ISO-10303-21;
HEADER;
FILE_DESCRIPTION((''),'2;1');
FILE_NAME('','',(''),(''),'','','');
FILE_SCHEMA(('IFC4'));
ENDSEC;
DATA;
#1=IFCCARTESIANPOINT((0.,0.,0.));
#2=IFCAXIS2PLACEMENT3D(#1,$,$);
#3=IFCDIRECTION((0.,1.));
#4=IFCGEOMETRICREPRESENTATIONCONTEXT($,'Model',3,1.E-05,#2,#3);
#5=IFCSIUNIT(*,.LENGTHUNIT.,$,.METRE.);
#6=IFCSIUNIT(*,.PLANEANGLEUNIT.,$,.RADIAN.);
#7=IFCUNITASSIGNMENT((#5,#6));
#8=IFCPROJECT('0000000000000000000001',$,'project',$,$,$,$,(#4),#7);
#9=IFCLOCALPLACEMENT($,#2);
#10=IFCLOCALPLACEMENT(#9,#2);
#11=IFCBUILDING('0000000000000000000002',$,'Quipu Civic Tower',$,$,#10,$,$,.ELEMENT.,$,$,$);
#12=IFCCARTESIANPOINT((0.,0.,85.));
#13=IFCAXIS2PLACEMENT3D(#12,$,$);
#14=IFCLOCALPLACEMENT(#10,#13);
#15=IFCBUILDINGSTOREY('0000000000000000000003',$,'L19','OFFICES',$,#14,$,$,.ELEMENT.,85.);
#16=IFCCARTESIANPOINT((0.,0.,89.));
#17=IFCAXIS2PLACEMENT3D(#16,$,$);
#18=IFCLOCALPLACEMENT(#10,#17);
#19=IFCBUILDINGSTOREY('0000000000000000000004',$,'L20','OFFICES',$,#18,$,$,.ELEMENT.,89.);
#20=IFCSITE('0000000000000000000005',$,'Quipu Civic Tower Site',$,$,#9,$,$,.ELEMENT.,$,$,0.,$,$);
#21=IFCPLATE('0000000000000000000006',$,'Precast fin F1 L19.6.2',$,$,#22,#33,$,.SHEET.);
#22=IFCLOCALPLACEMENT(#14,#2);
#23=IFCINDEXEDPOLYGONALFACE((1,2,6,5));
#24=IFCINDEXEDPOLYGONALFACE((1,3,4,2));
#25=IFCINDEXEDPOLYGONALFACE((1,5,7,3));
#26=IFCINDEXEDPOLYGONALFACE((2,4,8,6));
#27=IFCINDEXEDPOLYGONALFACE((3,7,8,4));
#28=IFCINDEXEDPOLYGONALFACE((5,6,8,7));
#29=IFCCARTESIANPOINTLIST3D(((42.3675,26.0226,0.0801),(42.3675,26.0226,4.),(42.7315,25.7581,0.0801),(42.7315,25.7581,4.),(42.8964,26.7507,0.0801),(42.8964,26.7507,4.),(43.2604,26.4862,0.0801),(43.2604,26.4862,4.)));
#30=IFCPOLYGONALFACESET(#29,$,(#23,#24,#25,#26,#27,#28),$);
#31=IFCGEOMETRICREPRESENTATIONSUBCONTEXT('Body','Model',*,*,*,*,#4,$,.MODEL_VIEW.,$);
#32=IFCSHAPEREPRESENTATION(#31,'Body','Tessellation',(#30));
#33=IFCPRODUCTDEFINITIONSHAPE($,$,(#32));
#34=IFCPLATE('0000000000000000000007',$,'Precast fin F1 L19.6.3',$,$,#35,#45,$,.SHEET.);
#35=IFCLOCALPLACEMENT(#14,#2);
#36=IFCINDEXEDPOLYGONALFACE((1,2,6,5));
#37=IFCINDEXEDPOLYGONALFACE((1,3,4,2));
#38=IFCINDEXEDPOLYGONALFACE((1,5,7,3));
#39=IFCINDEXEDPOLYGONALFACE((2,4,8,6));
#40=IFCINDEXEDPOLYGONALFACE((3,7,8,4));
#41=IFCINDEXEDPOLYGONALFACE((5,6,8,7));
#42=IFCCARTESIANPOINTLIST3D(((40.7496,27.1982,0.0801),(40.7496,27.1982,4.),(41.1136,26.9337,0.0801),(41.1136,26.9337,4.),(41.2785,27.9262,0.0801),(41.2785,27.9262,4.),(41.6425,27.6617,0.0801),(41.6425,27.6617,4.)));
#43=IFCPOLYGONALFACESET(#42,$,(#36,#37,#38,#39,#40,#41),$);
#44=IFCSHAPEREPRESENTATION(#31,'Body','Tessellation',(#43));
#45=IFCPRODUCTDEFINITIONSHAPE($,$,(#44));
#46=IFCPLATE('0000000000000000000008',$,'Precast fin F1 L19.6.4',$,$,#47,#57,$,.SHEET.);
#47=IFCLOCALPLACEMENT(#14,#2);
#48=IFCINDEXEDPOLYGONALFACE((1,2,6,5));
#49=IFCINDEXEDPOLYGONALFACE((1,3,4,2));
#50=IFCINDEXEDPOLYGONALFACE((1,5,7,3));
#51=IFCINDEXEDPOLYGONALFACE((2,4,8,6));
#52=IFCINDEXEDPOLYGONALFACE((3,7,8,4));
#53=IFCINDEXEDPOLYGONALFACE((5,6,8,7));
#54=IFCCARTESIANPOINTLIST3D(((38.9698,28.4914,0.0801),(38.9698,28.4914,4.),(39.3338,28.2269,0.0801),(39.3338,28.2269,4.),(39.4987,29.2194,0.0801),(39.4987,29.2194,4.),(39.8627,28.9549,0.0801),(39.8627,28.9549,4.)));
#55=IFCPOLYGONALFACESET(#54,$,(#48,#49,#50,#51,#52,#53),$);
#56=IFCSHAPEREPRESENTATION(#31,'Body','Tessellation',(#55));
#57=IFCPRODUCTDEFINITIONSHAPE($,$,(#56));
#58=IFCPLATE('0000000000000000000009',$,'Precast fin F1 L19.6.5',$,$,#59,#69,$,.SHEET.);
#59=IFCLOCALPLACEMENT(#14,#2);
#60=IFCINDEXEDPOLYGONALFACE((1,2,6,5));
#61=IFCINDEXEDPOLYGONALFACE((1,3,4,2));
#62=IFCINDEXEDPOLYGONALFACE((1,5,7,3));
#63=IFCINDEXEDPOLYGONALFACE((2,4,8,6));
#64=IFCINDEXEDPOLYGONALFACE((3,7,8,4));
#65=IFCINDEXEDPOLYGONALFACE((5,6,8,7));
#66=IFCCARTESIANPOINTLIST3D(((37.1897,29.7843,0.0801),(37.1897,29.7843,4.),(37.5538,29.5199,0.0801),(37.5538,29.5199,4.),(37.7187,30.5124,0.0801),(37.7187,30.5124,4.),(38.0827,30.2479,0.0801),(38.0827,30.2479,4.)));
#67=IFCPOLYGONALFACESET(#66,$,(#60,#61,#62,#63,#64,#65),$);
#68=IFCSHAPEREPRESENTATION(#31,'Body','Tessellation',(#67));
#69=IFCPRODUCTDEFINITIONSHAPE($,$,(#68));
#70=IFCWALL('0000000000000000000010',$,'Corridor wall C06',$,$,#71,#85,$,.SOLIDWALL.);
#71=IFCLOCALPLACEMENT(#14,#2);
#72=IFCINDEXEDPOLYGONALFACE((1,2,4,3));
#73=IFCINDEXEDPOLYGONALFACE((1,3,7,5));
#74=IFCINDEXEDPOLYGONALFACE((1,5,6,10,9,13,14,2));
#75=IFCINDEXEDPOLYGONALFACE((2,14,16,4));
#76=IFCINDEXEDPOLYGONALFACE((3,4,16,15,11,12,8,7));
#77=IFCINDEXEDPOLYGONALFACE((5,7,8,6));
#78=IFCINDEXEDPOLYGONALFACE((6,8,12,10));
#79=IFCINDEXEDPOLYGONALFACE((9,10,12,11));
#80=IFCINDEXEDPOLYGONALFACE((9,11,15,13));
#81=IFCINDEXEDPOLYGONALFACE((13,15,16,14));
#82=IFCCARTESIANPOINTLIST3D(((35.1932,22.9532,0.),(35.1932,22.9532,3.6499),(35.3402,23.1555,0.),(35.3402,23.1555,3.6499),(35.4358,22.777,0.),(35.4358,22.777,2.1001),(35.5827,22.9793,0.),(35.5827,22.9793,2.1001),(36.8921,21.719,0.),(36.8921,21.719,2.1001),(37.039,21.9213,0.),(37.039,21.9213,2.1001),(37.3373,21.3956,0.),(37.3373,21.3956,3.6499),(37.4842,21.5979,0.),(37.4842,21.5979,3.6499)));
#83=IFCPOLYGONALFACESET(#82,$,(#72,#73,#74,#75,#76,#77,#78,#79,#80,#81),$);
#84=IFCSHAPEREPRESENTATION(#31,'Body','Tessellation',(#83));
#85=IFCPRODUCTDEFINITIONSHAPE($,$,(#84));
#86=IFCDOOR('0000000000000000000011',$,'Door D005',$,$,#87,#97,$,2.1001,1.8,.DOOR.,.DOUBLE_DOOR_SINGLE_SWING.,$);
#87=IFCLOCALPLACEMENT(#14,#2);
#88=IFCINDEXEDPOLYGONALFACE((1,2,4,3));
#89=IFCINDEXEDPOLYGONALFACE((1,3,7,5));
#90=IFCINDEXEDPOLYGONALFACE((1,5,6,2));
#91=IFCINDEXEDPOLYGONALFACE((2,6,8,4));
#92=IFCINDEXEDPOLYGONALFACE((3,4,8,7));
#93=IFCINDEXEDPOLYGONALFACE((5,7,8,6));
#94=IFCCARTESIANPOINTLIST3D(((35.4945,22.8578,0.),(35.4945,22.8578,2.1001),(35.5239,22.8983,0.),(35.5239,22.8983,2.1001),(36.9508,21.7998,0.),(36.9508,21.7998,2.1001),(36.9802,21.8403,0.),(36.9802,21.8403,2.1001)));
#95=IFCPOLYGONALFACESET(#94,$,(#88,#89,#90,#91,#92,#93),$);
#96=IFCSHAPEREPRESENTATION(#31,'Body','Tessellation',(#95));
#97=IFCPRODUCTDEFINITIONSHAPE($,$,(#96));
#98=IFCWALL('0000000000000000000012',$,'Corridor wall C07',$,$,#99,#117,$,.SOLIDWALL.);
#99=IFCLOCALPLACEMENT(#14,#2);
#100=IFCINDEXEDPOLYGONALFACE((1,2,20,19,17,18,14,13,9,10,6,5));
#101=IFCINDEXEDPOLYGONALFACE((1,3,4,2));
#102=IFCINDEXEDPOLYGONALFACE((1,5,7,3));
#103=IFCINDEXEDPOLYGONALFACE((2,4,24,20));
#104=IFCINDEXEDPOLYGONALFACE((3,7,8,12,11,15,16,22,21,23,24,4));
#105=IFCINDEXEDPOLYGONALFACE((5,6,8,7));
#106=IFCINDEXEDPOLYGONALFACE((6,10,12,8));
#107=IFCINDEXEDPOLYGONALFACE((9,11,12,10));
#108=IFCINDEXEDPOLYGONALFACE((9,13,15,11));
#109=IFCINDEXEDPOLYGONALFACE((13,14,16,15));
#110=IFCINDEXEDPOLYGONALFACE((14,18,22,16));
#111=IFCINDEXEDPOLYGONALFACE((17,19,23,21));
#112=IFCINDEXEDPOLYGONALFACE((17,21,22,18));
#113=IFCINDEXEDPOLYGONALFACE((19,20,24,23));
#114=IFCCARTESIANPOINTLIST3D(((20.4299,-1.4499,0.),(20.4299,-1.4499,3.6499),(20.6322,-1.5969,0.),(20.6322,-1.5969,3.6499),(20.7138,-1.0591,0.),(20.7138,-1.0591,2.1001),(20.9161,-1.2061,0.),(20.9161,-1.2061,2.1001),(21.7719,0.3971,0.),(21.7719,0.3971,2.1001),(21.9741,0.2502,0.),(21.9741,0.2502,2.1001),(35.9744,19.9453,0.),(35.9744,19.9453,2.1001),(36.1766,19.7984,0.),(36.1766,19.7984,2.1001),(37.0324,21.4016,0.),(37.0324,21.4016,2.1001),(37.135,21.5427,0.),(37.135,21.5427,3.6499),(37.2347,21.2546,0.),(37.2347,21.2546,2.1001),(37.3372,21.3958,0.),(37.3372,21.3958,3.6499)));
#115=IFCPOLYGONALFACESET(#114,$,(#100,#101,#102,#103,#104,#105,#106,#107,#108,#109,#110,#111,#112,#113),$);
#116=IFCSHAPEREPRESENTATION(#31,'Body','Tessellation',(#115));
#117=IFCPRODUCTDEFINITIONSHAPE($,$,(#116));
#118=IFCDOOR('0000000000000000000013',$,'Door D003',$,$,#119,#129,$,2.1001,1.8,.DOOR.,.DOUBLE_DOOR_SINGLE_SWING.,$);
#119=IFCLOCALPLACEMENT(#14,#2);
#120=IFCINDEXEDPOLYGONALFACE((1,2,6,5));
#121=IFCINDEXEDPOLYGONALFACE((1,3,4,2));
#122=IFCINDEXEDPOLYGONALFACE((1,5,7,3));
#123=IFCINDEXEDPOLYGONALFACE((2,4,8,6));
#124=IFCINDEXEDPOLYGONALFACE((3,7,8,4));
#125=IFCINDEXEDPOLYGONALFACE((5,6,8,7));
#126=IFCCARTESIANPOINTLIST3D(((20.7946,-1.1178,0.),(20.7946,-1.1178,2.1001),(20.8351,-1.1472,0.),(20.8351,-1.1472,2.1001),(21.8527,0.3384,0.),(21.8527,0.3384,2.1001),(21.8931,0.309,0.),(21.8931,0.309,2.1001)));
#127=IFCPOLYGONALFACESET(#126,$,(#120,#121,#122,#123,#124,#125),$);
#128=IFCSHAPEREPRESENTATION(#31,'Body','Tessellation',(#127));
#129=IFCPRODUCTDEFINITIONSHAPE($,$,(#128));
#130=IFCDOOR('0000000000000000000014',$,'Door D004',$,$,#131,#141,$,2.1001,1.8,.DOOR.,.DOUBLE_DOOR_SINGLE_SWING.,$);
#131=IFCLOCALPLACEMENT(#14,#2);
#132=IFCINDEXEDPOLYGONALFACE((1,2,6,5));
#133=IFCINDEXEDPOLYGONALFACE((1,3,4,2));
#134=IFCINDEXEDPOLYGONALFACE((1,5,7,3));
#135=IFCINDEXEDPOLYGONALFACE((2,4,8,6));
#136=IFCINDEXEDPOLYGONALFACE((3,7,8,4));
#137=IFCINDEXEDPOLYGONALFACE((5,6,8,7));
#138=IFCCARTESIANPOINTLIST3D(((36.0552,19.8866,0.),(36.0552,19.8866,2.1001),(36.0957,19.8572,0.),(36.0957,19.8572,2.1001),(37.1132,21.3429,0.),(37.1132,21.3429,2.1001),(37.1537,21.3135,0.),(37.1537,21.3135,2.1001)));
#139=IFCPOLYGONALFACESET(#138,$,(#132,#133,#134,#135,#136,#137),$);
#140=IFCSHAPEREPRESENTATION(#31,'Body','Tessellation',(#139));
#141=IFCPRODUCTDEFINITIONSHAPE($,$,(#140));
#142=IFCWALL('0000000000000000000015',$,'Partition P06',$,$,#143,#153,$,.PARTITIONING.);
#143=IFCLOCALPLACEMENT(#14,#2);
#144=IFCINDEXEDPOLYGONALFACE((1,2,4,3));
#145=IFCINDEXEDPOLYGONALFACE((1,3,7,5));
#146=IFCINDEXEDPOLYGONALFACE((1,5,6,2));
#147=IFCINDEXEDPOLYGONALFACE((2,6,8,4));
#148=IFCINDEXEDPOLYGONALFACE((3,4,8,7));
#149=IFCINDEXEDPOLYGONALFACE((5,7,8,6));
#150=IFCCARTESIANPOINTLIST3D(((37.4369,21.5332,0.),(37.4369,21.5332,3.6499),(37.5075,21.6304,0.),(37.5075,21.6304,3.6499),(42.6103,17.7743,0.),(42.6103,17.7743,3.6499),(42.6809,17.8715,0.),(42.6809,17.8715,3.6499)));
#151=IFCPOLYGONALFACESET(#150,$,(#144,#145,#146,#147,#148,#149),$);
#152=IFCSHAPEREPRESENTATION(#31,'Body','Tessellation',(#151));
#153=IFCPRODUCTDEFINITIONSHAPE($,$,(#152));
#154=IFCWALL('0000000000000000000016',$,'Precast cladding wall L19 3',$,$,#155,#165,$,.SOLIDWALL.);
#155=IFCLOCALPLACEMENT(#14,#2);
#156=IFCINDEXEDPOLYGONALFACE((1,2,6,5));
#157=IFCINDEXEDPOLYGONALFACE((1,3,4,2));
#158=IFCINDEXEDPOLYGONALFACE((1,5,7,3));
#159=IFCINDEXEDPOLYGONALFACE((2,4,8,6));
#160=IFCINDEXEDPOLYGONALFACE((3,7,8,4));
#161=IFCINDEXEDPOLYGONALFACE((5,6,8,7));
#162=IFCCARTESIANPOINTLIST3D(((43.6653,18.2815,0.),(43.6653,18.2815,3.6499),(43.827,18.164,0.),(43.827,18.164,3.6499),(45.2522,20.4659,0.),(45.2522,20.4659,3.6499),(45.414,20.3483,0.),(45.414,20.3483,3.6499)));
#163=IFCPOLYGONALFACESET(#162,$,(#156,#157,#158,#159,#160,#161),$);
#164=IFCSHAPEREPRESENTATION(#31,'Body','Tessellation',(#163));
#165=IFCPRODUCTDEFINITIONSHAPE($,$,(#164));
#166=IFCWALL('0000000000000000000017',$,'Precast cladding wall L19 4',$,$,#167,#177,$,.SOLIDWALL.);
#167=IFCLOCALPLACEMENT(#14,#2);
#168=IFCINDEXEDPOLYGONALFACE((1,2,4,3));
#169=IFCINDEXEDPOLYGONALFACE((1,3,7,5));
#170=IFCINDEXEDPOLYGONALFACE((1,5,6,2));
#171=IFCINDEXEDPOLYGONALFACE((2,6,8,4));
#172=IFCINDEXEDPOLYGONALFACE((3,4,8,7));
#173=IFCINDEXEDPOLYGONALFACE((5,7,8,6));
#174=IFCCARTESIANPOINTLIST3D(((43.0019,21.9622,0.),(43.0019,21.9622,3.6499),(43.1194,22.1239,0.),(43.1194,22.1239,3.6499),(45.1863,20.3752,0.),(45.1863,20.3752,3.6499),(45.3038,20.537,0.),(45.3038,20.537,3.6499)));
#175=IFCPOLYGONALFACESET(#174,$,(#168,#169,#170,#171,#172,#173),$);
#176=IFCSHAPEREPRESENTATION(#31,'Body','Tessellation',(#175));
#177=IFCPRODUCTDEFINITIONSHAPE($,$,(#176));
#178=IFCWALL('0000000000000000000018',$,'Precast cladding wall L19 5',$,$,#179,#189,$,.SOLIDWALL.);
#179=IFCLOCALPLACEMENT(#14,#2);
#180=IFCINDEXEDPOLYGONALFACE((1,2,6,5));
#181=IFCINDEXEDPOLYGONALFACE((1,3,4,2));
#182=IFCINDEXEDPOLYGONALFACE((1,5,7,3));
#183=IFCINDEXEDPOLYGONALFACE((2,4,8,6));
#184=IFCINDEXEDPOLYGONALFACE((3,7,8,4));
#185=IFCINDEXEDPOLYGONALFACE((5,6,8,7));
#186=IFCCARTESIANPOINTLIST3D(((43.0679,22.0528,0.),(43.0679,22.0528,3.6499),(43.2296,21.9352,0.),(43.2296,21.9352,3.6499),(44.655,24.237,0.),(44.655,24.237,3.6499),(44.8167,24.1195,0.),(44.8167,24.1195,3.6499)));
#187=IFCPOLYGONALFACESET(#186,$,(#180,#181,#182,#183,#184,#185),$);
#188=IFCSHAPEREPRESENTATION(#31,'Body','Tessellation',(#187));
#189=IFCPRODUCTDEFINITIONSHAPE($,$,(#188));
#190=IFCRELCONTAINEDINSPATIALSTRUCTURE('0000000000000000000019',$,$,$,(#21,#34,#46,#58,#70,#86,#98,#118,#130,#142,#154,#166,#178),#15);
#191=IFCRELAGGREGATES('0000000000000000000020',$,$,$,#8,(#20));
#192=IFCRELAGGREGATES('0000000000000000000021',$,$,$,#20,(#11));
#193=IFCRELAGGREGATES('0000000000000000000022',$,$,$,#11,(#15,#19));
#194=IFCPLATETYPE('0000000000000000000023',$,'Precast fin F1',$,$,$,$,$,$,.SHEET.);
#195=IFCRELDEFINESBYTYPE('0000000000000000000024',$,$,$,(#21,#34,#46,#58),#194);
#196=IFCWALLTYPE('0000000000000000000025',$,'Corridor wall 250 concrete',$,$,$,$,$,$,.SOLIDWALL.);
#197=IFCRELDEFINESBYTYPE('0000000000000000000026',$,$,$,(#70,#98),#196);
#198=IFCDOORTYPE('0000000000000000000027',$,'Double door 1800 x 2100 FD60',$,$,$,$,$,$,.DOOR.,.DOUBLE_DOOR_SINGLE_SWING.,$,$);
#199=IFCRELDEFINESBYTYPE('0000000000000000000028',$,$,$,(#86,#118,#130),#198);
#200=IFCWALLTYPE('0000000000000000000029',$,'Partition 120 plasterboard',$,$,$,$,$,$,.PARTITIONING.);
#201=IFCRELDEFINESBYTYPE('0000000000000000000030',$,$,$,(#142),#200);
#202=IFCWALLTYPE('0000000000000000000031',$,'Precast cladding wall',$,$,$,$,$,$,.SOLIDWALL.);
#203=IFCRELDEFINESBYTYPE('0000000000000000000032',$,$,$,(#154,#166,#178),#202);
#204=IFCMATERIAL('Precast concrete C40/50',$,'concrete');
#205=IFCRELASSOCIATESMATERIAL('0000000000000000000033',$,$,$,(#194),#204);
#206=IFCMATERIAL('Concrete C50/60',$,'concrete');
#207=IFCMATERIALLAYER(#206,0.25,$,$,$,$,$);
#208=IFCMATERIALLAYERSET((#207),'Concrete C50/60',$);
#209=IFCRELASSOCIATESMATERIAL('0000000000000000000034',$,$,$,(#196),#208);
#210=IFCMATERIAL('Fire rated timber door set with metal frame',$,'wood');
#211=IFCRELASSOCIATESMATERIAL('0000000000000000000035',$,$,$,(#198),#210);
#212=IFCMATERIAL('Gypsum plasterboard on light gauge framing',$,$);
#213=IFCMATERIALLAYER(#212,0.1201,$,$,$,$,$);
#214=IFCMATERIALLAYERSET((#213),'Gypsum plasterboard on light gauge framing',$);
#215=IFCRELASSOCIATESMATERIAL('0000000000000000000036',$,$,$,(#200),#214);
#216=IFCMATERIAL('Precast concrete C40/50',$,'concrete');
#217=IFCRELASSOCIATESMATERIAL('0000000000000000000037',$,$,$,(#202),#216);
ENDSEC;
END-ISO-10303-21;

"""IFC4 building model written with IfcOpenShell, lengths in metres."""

from ifc_helpers import new_model, si_unit, direction, frame, frame_2d, origin, origin_2d, place, context, subcontext, project, spatial, rectangle, extrude, material, layer, layer_set, type_object, element, fill, save


model = new_model("IFC4")

# Units and contexts
model_context = context("Model", 3, precision=1e-05, world=origin(), true_north=direction((0.0, 1.0)))
body_context = subcontext(model_context, "Body", "Model", "MODEL_VIEW")
ifc_project = project(units=[si_unit("LENGTHUNIT", "METRE"), si_unit("PLANEANGLEUNIT", "RADIAN")], contexts=[model_context])

# Site, building, storey
site_placement = place(None, origin())
site = spatial("IfcSite", under=ifc_project, at=site_placement, Name="Quipu Civic Tower Site", CompositionType="ELEMENT", RefElevation=0.0)
building_placement = place(site_placement, origin())
building = spatial("IfcBuilding", under=site, at=building_placement, Name="Quipu Civic Tower", CompositionType="ELEMENT")
storey_1_placement = place(building_placement, frame((0.0, 0.0, 85.0)))
storey_1 = spatial("IfcBuildingStorey", under=building, at=storey_1_placement, Name="L19", Description="OFFICES", CompositionType="ELEMENT", Elevation=85.0)

# Shared definitions
storey_2_placement = place(building_placement, frame((0.0, 0.0, 89.0)))
storey_2 = spatial("IfcBuildingStorey", under=building, at=storey_2_placement, Name="L20", Description="OFFICES", CompositionType="ELEMENT", Elevation=89.0)

# Plates
ifc_material_1 = material(Name="Precast concrete C40/50", Category="concrete")
plate_type_1 = type_object("IfcPlateType", Name="Precast fin F1", PredefinedType="SHEET", material=ifc_material_1)
for number, where, z_axis, x_axis, name in (
    (1, (42.814, 26.2544, 0.0801), (0.0, 0.0, 1.0), (-0.809017, 0.587785, 0.0), "Precast fin F1 L19.6.2"),
    (2, (41.196, 27.4299, 0.0801), (0.0, 0.0, 1.0), (-0.809017, 0.587785, 0.0), "Precast fin F1 L19.6.3"),
    (3, (39.4163, 28.7231, 0.0801), (0.0, 0.0, 1.0), (-0.809017, 0.587785, 0.0), "Precast fin F1 L19.6.4"),
    (4, (37.6362, 30.0161, 0.0801), (0.0, 0.0, 1.0), (-0.809017, 0.587785, 0.0), "Precast fin F1 L19.6.5"),
):
    element("IfcPlate", number, at=place(storey_1_placement, frame(where, z_axis=z_axis, x_axis=x_axis)), inside=storey_1, type_object=plate_type_1, Name=name, PredefinedType="SHEET", context=body_context, shape_type="SweptSolid", body=[
        extrude(rectangle(XDim=0.45, YDim=0.8999, at=origin_2d()), origin(), (0.0, 0.0, 1.0), 3.9199),
    ])

# Wall, opening, door
ifc_material_2 = material(Name="Concrete C50/60", Category="concrete")
ifc_layer_1 = layer(ifc_material_2, 0.25)
ifc_layer_set_1 = layer_set([ifc_layer_1], Name="Concrete C50/60")
wall_type_1 = type_object("IfcWallType", Name="Corridor wall 250 concrete", PredefinedType="SOLIDWALL", material=ifc_layer_set_1)
wall_1_placement = place(storey_1_placement, frame((35.2666, 23.0544, 0.0), z_axis=(0.0, 0.0, 1.0), x_axis=(0.809039, -0.587755, 0.0)))
wall_1 = element("IfcWall", 5, at=wall_1_placement, inside=storey_1, type_object=wall_type_1, Name="Corridor wall C06", PredefinedType="SOLIDWALL", context=body_context, shape_type="SweptSolid", body=[
    extrude(rectangle(XDim=2.6501, YDim=0.25, at=frame_2d((1.3252, 0.0))), origin(), (0.0, 0.0, 1.0), 3.6499),
])
opening_1_placement = place(wall_1_placement, frame((0.3, 0.0, 0.0)))
opening_1 = element("IfcOpeningElement", 6, at=opening_1_placement, cuts=wall_1, PredefinedType="OPENING", context=body_context, shape_type="SweptSolid", body=[
    extrude(rectangle(XDim=1.8, YDim=2.1001, at=frame_2d((0.8999, 1.05))), frame((0.0, 0.135, 0.0), z_axis=(0.0, -1.0, 0.0), x_axis=(1.0, 0.0, 0.0)), (0.0, 0.0, 1.0), 0.27),
])
ifc_material_3 = material(Name="Fire rated timber door set with metal frame", Category="wood")
door_type = type_object("IfcDoorType", Name="Double door 1800 x 2100 FD60", OperationType="DOUBLE_DOOR_SINGLE_SWING", PredefinedType="DOOR", material=ifc_material_3)
door_1_placement = place(opening_1_placement, origin())
door_1 = element("IfcDoor", 7, at=door_1_placement, inside=storey_1, type_object=door_type, Name="Door D005", OperationType="DOUBLE_DOOR_SINGLE_SWING", OverallHeight=2.1001, OverallWidth=1.8, PredefinedType="DOOR", context=body_context, shape_type="SweptSolid", body=[
    extrude(rectangle(XDim=1.8, YDim=2.1001, at=frame_2d((0.8999, 1.05))), frame((0.0, 0.0249, 0.0), z_axis=(0.0, -1.0, 0.0), x_axis=(1.0, 0.0, 0.0)), (0.0, 0.0, 1.0), 0.05),
])
fill(opening_1, door_1)

# Wall, openings, doors
wall_2_placement = place(storey_1_placement, frame((37.2361, 21.4692, 0.0), z_axis=(0.0, 0.0, 1.0), x_axis=(-0.587783, -0.809018, 0.0)))
wall_2 = element("IfcWall", 8, at=wall_2_placement, inside=storey_1, type_object=wall_type_1, Name="Corridor wall C07", PredefinedType="SOLIDWALL", context=body_context, shape_type="SweptSolid", body=[
    extrude(rectangle(XDim=28.4204, YDim=0.25, at=frame_2d((14.2102, 0.0))), origin(), (0.0, 0.0, 1.0), 3.6499),
])
opening_2_placement = place(wall_2_placement, frame((26.1375, 0.0, 0.0)))
opening_2 = element("IfcOpeningElement", 9, at=opening_2_placement, cuts=wall_2, PredefinedType="OPENING", context=body_context, shape_type="SweptSolid", body=[
    extrude(rectangle(XDim=1.8, YDim=2.1001, at=frame_2d((0.8999, 1.05))), frame((0.0, 0.135, 0.0), z_axis=(0.0, -1.0, 0.0), x_axis=(1.0, 0.0, 0.0)), (0.0, 0.0, 1.0), 0.27),
])
opening_3_placement = place(wall_2_placement, frame((0.1746, 0.0, 0.0)))
opening_3 = element("IfcOpeningElement", 10, at=opening_3_placement, cuts=wall_2, PredefinedType="OPENING", context=body_context, shape_type="SweptSolid", body=[
    extrude(rectangle(XDim=1.8, YDim=2.1001, at=frame_2d((0.8999, 1.05))), frame((0.0, 0.135, 0.0), z_axis=(0.0, -1.0, 0.0), x_axis=(1.0, 0.0, 0.0)), (0.0, 0.0, 1.0), 0.27),
])
door_2_placement = place(opening_2_placement, origin())
door_2 = element("IfcDoor", 11, at=door_2_placement, inside=storey_1, type_object=door_type, Name="Door D003", OperationType="DOUBLE_DOOR_SINGLE_SWING", OverallHeight=2.1001, OverallWidth=1.8, PredefinedType="DOOR", context=body_context, shape_type="SweptSolid", body=[
    extrude(rectangle(XDim=1.8, YDim=2.1001, at=frame_2d((0.8999, 1.05))), frame((0.0, 0.0249, 0.0), z_axis=(0.0, -1.0, 0.0), x_axis=(1.0, 0.0, 0.0)), (0.0, 0.0, 1.0), 0.05),
])
fill(opening_2, door_2)
door_3_placement = place(opening_3_placement, origin())
door_3 = element("IfcDoor", 12, at=door_3_placement, inside=storey_1, type_object=door_type, Name="Door D004", OperationType="DOUBLE_DOOR_SINGLE_SWING", OverallHeight=2.1001, OverallWidth=1.8, PredefinedType="DOOR", context=body_context, shape_type="SweptSolid", body=[
    extrude(rectangle(XDim=1.8, YDim=2.1001, at=frame_2d((0.8999, 1.05))), frame((0.0, 0.0249, 0.0), z_axis=(0.0, -1.0, 0.0), x_axis=(1.0, 0.0, 0.0)), (0.0, 0.0, 1.0), 0.05),
])
fill(opening_3, door_3)

# Walls
ifc_material_4 = material(Name="Gypsum plasterboard on light gauge framing")
ifc_layer_2 = layer(ifc_material_4, 0.1201)
ifc_layer_set_2 = layer_set([ifc_layer_2], Name="Gypsum plasterboard on light gauge framing")
wall_type_2 = type_object("IfcWallType", Name="Partition 120 plasterboard", PredefinedType="PARTITIONING", material=ifc_layer_set_2)
wall_3_placement = place(storey_1_placement, frame((42.6455, 17.823, 0.0), z_axis=(0.0, 0.0, 1.0), x_axis=(-0.809007, 0.587799, 0.0)))
element("IfcWall", 13, at=wall_3_placement, inside=storey_1, type_object=wall_type_2, Name="Partition P06", PredefinedType="PARTITIONING", context=body_context, shape_type="SweptSolid", body=[
    extrude(rectangle(XDim=6.3948, YDim=0.1201, at=frame_2d((3.1973, 0.0))), origin(), (0.0, 0.0, 1.0), 3.6499),
])
ifc_material_5 = material(Name="Precast concrete C40/50", Category="concrete")
wall_type_3 = type_object("IfcWallType", Name="Precast cladding wall", PredefinedType="SOLIDWALL", material=ifc_material_5)
for number, where, z_axis, x_axis, name in (
    (14, (43.7461, 18.2227, 0.0), (0.0, 0.0, 1.0), (0.587763, 0.809033, 0.0), "Precast cladding wall L19 3"),
    (15, (45.2451, 20.4561, 0.0), (0.0, 0.0, 1.0), (-0.809033, 0.587763, 0.0), "Precast cladding wall L19 4"),
    (16, (43.1487, 21.9939, 0.0), (0.0, 0.0, 1.0), (0.587822, 0.80899, 0.0), "Precast cladding wall L19 5"),
):
    element("IfcWall", number, at=place(storey_1_placement, frame(where, z_axis=z_axis, x_axis=x_axis)), inside=storey_1, type_object=wall_type_3, Name=name, PredefinedType="SOLIDWALL", context=body_context, shape_type="SweptSolid", body=[
        extrude(rectangle(XDim=2.7, YDim=0.2, at=frame_2d((1.3501, 0.0))), origin(), (0.0, 0.0, 1.0), 3.6499),
    ])

save(model, "model.ifc")
